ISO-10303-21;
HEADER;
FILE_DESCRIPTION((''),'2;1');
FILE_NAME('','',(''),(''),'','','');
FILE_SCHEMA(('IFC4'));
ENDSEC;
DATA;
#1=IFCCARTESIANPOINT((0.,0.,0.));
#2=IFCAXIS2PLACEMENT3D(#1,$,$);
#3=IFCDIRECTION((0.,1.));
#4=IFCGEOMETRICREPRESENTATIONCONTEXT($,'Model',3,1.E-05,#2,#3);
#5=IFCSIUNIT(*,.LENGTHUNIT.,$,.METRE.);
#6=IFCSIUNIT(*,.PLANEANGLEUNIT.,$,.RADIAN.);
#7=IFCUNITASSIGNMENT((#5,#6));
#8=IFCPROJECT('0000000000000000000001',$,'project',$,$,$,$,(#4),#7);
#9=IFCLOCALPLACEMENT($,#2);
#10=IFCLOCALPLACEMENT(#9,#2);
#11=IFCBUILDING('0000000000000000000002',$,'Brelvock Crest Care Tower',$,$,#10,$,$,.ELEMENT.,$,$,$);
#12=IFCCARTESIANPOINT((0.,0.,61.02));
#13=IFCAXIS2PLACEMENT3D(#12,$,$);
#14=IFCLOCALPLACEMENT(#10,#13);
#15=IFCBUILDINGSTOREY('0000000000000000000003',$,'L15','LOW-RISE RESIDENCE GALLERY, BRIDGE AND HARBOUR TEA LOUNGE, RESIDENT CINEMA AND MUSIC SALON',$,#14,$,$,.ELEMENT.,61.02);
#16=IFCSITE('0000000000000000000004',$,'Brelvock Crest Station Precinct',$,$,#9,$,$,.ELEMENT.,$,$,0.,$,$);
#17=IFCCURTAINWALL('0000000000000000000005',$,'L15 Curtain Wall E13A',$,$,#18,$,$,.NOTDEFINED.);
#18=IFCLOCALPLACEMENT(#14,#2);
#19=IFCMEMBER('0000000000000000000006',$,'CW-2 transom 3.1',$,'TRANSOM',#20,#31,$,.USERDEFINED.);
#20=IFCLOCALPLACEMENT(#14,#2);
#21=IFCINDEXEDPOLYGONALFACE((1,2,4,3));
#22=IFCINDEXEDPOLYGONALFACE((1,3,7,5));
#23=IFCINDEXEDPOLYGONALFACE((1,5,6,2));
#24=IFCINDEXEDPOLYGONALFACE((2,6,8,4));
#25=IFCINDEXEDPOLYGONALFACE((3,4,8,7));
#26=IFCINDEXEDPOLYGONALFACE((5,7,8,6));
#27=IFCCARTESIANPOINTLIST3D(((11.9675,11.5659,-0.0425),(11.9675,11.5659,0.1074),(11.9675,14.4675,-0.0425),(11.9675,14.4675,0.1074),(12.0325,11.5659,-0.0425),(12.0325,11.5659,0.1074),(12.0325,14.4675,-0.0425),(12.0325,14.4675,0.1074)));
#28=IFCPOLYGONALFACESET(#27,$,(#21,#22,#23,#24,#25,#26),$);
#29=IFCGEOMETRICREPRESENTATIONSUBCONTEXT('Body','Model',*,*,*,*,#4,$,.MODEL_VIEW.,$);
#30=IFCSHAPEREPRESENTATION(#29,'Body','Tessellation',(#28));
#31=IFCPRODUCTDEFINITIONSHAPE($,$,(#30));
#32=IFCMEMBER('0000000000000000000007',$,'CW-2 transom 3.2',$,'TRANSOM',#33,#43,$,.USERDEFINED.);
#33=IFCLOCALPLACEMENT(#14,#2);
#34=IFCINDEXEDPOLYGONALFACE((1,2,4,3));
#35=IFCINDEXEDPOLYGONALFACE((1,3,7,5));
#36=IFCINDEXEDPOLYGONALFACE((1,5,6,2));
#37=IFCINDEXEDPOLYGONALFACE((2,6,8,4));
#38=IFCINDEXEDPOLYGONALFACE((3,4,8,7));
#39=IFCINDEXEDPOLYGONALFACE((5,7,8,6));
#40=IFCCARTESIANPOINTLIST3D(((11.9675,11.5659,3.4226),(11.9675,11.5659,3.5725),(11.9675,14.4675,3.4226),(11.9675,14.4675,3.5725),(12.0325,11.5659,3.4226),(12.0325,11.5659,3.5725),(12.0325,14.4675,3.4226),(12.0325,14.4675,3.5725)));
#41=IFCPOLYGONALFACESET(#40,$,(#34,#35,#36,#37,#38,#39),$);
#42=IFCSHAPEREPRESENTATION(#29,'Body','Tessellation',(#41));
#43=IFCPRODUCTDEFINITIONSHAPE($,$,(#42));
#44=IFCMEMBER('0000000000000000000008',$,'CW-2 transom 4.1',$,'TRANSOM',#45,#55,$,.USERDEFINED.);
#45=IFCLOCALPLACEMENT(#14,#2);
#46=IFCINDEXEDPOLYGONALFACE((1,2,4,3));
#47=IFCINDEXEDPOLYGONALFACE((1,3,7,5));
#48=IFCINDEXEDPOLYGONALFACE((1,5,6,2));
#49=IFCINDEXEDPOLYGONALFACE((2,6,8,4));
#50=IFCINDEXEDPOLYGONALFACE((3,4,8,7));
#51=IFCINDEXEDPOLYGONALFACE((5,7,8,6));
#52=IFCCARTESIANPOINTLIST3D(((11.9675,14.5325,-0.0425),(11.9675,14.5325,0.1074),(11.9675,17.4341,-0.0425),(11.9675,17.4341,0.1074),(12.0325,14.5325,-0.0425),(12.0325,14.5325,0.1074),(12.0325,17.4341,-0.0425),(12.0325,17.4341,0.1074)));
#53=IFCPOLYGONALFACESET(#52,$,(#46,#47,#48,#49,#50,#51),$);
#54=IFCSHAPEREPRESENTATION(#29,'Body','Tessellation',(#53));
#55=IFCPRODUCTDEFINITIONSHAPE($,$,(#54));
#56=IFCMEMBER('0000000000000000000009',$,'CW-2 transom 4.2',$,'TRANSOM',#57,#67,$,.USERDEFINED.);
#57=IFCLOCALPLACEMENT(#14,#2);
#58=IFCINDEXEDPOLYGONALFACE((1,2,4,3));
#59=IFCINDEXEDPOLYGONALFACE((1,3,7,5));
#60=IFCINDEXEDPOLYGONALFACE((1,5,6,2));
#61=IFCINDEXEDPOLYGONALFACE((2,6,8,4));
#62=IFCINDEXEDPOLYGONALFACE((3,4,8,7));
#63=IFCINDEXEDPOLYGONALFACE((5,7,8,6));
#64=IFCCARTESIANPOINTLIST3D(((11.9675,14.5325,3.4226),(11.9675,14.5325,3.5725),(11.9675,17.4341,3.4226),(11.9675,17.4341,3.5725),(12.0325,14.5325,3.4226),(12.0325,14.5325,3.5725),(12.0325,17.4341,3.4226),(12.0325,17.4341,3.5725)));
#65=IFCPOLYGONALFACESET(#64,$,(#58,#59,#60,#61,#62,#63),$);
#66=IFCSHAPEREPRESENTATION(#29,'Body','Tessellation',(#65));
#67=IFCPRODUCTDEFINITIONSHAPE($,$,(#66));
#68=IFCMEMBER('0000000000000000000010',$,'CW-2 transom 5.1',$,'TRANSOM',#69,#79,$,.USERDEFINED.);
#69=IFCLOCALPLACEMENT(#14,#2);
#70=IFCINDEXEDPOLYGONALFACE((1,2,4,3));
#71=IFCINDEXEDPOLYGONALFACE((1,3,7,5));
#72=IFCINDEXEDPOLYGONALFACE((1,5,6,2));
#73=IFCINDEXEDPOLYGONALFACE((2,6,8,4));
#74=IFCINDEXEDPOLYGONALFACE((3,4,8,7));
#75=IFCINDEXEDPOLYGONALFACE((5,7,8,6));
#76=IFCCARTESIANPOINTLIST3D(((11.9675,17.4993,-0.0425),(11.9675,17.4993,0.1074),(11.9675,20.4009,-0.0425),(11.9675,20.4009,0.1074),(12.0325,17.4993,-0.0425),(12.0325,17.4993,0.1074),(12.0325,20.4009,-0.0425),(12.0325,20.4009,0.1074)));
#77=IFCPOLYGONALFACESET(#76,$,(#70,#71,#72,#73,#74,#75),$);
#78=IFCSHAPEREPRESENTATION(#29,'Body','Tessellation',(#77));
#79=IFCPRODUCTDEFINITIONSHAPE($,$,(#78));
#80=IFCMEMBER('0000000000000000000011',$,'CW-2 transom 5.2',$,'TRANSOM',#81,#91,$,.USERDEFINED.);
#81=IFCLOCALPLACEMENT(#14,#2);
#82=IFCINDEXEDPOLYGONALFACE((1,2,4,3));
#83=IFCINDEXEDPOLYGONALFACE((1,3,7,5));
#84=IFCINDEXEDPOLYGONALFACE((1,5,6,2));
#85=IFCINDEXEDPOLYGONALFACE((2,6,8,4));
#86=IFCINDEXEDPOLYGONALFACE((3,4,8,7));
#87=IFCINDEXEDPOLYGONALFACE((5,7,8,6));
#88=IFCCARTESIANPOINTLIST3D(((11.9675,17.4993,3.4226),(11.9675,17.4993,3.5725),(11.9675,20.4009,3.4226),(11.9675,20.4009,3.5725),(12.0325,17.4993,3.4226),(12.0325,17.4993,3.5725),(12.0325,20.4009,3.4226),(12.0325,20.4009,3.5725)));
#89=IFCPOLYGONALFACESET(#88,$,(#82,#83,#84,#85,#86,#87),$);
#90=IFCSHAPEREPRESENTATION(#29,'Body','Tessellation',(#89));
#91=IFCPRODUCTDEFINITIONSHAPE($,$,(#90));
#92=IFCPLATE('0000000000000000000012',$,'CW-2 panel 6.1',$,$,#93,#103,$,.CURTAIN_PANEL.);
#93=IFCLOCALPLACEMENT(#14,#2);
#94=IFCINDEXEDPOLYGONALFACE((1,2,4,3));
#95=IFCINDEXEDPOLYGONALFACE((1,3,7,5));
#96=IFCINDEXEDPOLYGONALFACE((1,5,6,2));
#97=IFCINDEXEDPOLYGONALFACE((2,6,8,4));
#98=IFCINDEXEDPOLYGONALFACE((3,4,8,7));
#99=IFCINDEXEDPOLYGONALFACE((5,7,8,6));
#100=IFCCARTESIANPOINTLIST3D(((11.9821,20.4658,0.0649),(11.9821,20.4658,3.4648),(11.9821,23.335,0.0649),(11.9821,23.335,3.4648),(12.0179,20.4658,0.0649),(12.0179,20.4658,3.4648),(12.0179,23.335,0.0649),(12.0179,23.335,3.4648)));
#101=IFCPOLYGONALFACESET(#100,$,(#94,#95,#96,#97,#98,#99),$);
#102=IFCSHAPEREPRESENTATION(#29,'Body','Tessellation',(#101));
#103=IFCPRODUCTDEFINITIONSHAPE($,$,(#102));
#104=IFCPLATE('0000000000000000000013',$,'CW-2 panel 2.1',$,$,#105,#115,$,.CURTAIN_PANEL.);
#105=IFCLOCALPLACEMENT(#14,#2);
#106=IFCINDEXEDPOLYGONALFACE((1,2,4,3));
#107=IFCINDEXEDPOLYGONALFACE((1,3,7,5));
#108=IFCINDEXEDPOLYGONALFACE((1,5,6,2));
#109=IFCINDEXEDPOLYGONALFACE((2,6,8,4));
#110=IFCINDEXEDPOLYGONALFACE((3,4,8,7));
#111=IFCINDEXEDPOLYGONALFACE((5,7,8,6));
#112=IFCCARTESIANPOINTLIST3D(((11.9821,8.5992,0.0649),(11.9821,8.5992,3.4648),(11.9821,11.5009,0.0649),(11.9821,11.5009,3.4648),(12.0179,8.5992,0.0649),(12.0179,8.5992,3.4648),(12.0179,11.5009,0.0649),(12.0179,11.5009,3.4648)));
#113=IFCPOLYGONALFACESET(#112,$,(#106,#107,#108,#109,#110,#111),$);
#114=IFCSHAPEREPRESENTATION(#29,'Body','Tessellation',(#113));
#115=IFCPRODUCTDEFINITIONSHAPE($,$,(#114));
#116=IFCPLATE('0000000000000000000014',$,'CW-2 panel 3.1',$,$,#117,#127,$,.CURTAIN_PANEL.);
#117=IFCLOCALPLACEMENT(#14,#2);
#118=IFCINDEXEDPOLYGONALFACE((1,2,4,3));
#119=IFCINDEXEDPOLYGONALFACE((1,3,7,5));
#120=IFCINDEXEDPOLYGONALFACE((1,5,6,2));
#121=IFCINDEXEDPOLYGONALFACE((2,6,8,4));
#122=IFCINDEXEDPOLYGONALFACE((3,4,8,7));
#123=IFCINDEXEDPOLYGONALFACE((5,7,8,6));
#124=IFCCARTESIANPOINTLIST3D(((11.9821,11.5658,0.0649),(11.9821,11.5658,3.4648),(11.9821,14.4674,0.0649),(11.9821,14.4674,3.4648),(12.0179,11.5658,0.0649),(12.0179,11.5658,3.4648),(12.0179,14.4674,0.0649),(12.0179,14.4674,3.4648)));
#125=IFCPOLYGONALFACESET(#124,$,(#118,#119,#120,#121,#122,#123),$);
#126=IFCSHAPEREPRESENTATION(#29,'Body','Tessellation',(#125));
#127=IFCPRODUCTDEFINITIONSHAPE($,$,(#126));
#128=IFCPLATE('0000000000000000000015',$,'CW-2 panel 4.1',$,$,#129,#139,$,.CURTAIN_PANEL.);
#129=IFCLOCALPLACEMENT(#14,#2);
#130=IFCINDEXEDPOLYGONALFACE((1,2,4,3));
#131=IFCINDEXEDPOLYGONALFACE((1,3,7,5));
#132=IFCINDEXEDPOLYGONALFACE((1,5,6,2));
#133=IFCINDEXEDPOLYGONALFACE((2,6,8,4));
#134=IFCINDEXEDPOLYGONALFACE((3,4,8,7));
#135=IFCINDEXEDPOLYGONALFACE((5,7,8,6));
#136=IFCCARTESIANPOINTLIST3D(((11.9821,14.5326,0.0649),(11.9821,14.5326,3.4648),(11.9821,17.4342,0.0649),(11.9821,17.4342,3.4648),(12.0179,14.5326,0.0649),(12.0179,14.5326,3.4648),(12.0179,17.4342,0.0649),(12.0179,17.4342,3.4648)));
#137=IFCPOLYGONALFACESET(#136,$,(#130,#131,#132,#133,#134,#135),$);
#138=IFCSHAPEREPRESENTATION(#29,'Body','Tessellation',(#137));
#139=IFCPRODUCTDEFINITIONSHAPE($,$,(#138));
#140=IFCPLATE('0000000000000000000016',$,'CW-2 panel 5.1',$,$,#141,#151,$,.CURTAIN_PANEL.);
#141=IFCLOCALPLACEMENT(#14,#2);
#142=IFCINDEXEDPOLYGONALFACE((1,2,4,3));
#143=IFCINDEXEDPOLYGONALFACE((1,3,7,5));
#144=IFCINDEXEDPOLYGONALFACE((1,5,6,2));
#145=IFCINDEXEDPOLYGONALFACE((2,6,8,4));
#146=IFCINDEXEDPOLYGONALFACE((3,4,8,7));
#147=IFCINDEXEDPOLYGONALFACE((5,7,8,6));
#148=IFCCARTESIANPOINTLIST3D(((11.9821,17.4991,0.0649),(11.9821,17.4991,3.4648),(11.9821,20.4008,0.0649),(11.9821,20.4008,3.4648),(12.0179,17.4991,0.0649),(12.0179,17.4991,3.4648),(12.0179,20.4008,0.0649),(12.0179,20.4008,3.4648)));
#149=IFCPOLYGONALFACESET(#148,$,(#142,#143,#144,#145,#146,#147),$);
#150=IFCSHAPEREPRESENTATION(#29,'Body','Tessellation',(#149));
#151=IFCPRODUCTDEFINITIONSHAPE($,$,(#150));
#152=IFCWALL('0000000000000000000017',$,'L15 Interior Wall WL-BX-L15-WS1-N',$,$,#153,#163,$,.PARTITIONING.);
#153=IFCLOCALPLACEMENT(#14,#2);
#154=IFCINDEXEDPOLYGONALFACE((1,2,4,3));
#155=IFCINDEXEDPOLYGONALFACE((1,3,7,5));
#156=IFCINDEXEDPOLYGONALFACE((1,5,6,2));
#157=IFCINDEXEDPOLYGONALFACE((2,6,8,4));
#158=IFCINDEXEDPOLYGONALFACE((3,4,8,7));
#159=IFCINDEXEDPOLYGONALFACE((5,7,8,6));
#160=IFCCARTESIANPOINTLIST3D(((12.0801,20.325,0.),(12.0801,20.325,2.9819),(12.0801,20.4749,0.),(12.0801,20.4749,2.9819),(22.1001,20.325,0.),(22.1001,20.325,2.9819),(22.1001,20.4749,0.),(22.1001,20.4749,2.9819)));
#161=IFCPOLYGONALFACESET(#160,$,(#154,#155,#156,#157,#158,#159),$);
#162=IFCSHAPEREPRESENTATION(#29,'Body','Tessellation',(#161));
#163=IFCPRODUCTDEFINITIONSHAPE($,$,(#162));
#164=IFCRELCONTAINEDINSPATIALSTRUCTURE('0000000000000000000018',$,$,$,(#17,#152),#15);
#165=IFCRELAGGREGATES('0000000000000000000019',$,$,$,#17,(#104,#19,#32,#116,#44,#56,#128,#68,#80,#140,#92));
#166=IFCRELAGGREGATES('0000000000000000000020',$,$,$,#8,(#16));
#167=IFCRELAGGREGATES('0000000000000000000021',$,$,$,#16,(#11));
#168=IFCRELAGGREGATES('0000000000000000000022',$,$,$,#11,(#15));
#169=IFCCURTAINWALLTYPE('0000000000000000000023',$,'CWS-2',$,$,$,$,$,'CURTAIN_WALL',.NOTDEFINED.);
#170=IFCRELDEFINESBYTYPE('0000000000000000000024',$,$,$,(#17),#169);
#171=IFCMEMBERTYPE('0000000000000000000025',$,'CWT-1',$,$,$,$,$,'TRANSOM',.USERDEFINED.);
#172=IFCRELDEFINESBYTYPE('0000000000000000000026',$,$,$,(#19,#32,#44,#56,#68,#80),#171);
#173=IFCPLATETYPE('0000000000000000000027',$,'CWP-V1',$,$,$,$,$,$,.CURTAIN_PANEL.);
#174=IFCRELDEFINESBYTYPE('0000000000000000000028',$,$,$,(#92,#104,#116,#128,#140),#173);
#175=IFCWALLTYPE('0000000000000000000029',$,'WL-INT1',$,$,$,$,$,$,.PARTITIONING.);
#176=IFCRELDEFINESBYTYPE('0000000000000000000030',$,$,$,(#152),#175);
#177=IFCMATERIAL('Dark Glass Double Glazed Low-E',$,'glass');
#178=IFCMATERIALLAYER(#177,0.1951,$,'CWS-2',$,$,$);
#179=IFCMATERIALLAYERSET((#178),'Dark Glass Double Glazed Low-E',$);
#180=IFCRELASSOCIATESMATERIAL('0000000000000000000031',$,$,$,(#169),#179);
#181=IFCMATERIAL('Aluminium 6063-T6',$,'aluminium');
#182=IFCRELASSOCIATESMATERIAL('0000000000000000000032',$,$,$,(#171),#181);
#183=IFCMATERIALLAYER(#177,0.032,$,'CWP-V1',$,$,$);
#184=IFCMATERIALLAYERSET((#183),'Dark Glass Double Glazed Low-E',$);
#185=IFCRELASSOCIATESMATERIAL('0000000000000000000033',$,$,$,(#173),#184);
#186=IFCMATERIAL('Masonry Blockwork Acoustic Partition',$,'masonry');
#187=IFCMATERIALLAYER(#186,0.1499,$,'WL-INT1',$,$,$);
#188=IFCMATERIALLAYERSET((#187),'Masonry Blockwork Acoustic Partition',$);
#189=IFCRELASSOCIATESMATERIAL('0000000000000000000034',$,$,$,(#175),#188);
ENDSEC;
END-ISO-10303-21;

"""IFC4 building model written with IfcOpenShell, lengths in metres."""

from ifc_helpers import new_model, si_unit, direction, frame, frame_2d, origin, origin_2d, place, context, subcontext, project, spatial, rectangle, extrude, source, transform, mapped, material, layer, layer_set, material_profile, profile_set, type_object, element, aggregate, save


model = new_model("IFC4")

# Units and contexts
model_context = context("Model", 3, precision=1e-05, world=origin(), true_north=direction((0.0, 1.0)))
body_context = subcontext(model_context, "Body", "Model", "MODEL_VIEW")
ifc_project = project(units=[si_unit("LENGTHUNIT", "METRE"), si_unit("PLANEANGLEUNIT", "RADIAN")], contexts=[model_context])

# Site, building, storey
site_placement = place(None, origin())
site = spatial("IfcSite", under=ifc_project, at=site_placement, Name="Brelvock Crest Station Precinct", CompositionType="ELEMENT", RefElevation=0.0)
building_placement = place(site_placement, origin())
building = spatial("IfcBuilding", under=site, at=building_placement, Name="Brelvock Crest Care Tower", CompositionType="ELEMENT")
storey_placement = place(building_placement, frame((0.0, 0.0, 61.02)))
storey = spatial("IfcBuildingStorey", under=building, at=storey_placement, Name="L15", Description="LOW-RISE RESIDENCE GALLERY, BRIDGE AND HARBOUR TEA LOUNGE, RESIDENT CINEMA AND MUSIC SALON", CompositionType="ELEMENT", Elevation=61.02)

# Curtain wall, members, plates
ifc_material_1 = material(Name="Dark Glass Double Glazed Low-E", Category="glass")
ifc_layer_1 = layer(ifc_material_1, 0.1951, Name="CWS-2")
ifc_layer_set_1 = layer_set([ifc_layer_1], Name="Dark Glass Double Glazed Low-E")
curtain_wall_type = type_object("IfcCurtainWallType", Name="CWS-2", ElementType="CURTAIN_WALL", PredefinedType="NOTDEFINED", material=ifc_layer_set_1)
curtain_wall_placement = place(storey_placement, origin())
curtain_wall = element("IfcCurtainWall", 1, at=curtain_wall_placement, inside=storey, type_object=curtain_wall_type, Name="L15 Curtain Wall E13A", PredefinedType="NOTDEFINED")
ifc_material_2 = material(Name="Aluminium 6063-T6", Category="aluminium")
ifc_material_profile_1 = material_profile(ifc_material_2, rectangle(XDim=0.0649, YDim=0.1499, at=origin_2d()), Name="ALU65x150")
ifc_profile_set_1 = profile_set([ifc_material_profile_1], Name="Aluminium 6063-T6")
member_type_1 = type_object("IfcMemberType", Name="CWT-1", ElementType="TRANSOM", PredefinedType="USERDEFINED", material=ifc_profile_set_1)
shared_shape_1 = source(origin(), body_context, "Body", "SweptSolid", [
    extrude(rectangle(XDim=0.0649, YDim=0.1499, at=origin_2d()), origin(), (0.0, 0.0, 1.0), 2.9016),
])
member_1_placement = place(storey_placement, frame((12.0, 11.5659, 0.0325), z_axis=(0.0, 1.0, 0.0), x_axis=(-1.0, 0.0, 0.0)))
member_1 = element("IfcMember", 2, at=member_1_placement, type_object=member_type_1, Name="CW-2 transom 3.1", ObjectType="TRANSOM", PredefinedType="USERDEFINED", context=body_context, shape_type="MappedRepresentation", body=[
    mapped(shared_shape_1, transform((0.0, 0.0, 0.0), x_axis=(1.0, 0.0, 0.0), y_axis=(0.0, 1.0, 0.0), z_axis=(0.0, 0.0, 1.0), scale=1.0)),
])
member_2_placement = place(storey_placement, frame((12.0, 11.5659, 3.4976), z_axis=(0.0, 1.0, 0.0), x_axis=(-1.0, 0.0, 0.0)))
member_2 = element("IfcMember", 3, at=member_2_placement, type_object=member_type_1, Name="CW-2 transom 3.2", ObjectType="TRANSOM", PredefinedType="USERDEFINED", context=body_context, shape_type="MappedRepresentation", body=[
    mapped(shared_shape_1, transform((0.0, 0.0, 0.0), x_axis=(1.0, 0.0, 0.0), y_axis=(0.0, 1.0, 0.0), z_axis=(0.0, 0.0, 1.0), scale=1.0)),
])
member_3_placement = place(storey_placement, frame((12.0, 14.5325, 0.0325), z_axis=(0.0, 1.0, 0.0), x_axis=(-1.0, 0.0, 0.0)))
member_3 = element("IfcMember", 4, at=member_3_placement, type_object=member_type_1, Name="CW-2 transom 4.1", ObjectType="TRANSOM", PredefinedType="USERDEFINED", context=body_context, shape_type="MappedRepresentation", body=[
    mapped(shared_shape_1, transform((0.0, 0.0, 0.0), x_axis=(1.0, 0.0, 0.0), y_axis=(0.0, 1.0, 0.0), z_axis=(0.0, 0.0, 1.0), scale=1.0)),
])
member_4_placement = place(storey_placement, frame((12.0, 14.5325, 3.4976), z_axis=(0.0, 1.0, 0.0), x_axis=(-1.0, 0.0, 0.0)))
member_4 = element("IfcMember", 5, at=member_4_placement, type_object=member_type_1, Name="CW-2 transom 4.2", ObjectType="TRANSOM", PredefinedType="USERDEFINED", context=body_context, shape_type="MappedRepresentation", body=[
    mapped(shared_shape_1, transform((0.0, 0.0, 0.0), x_axis=(1.0, 0.0, 0.0), y_axis=(0.0, 1.0, 0.0), z_axis=(0.0, 0.0, 1.0), scale=1.0)),
])
member_5_placement = place(storey_placement, frame((12.0, 17.4993, 0.0325), z_axis=(0.0, 1.0, 0.0), x_axis=(-1.0, 0.0, 0.0)))
member_5 = element("IfcMember", 6, at=member_5_placement, type_object=member_type_1, Name="CW-2 transom 5.1", ObjectType="TRANSOM", PredefinedType="USERDEFINED", context=body_context, shape_type="MappedRepresentation", body=[
    mapped(shared_shape_1, transform((0.0, 0.0, 0.0), x_axis=(1.0, 0.0, 0.0), y_axis=(0.0, 1.0, 0.0), z_axis=(0.0, 0.0, 1.0), scale=1.0)),
])
member_6_placement = place(storey_placement, frame((12.0, 17.4993, 3.4976), z_axis=(0.0, 1.0, 0.0), x_axis=(-1.0, 0.0, 0.0)))
member_6 = element("IfcMember", 7, at=member_6_placement, type_object=member_type_1, Name="CW-2 transom 5.2", ObjectType="TRANSOM", PredefinedType="USERDEFINED", context=body_context, shape_type="MappedRepresentation", body=[
    mapped(shared_shape_1, transform((0.0, 0.0, 0.0), x_axis=(1.0, 0.0, 0.0), y_axis=(0.0, 1.0, 0.0), z_axis=(0.0, 0.0, 1.0), scale=1.0)),
])
ifc_layer_2 = layer(ifc_material_1, 0.032, Name="CWP-V1")
ifc_layer_set_2 = layer_set([ifc_layer_2], Name="Dark Glass Double Glazed Low-E")
plate_type = type_object("IfcPlateType", Name="CWP-V1", PredefinedType="CURTAIN_PANEL", material=ifc_layer_set_2)
shared_shape_2 = source(origin(), body_context, "Body", "SweptSolid", [
    extrude(rectangle(XDim=2.8691, YDim=0.0359, at=origin_2d()), origin(), (0.0, 0.0, 1.0), 3.3999),
])
plate_1_placement = place(storey_placement, frame((12.0, 21.9004, 0.0649), z_axis=(0.0, 0.0, 1.0), x_axis=(0.0, 1.0, 0.0)))
plate_1 = element("IfcPlate", 8, at=plate_1_placement, type_object=plate_type, Name="CW-2 panel 6.1", PredefinedType="CURTAIN_PANEL", context=body_context, shape_type="MappedRepresentation", body=[
    mapped(shared_shape_2, transform((0.0, 0.0, 0.0), x_axis=(1.0, 0.0, 0.0), y_axis=(0.0, 1.0, 0.0), z_axis=(0.0, 0.0, 1.0), scale=1.0)),
])
shared_shape_3 = source(origin(), body_context, "Body", "SweptSolid", [
    extrude(rectangle(XDim=2.9016, YDim=0.0359, at=origin_2d()), origin(), (0.0, 0.0, 1.0), 3.3999),
])
plate_2_placement = place(storey_placement, frame((12.0, 10.05, 0.0649), z_axis=(0.0, 0.0, 1.0), x_axis=(0.0, 1.0, 0.0)))
plate_2 = element("IfcPlate", 9, at=plate_2_placement, type_object=plate_type, Name="CW-2 panel 2.1", PredefinedType="CURTAIN_PANEL", context=body_context, shape_type="MappedRepresentation", body=[
    mapped(shared_shape_3, transform((0.0, 0.0, 0.0), x_axis=(1.0, 0.0, 0.0), y_axis=(0.0, 1.0, 0.0), z_axis=(0.0, 0.0, 1.0), scale=1.0)),
])
plate_3_placement = place(storey_placement, frame((12.0, 13.0166, 0.0649), z_axis=(0.0, 0.0, 1.0), x_axis=(0.0, 1.0, 0.0)))
plate_3 = element("IfcPlate", 10, at=plate_3_placement, type_object=plate_type, Name="CW-2 panel 3.1", PredefinedType="CURTAIN_PANEL", context=body_context, shape_type="MappedRepresentation", body=[
    mapped(shared_shape_3, transform((0.0, 0.0, 0.0), x_axis=(1.0, 0.0, 0.0), y_axis=(0.0, 1.0, 0.0), z_axis=(0.0, 0.0, 1.0), scale=1.0)),
])
plate_4_placement = place(storey_placement, frame((12.0, 15.9834, 0.0649), z_axis=(0.0, 0.0, 1.0), x_axis=(0.0, 1.0, 0.0)))
plate_4 = element("IfcPlate", 11, at=plate_4_placement, type_object=plate_type, Name="CW-2 panel 4.1", PredefinedType="CURTAIN_PANEL", context=body_context, shape_type="MappedRepresentation", body=[
    mapped(shared_shape_3, transform((0.0, 0.0, 0.0), x_axis=(1.0, 0.0, 0.0), y_axis=(0.0, 1.0, 0.0), z_axis=(0.0, 0.0, 1.0), scale=1.0)),
])
plate_5_placement = place(storey_placement, frame((12.0, 18.95, 0.0649), z_axis=(0.0, 0.0, 1.0), x_axis=(0.0, 1.0, 0.0)))
plate_5 = element("IfcPlate", 12, at=plate_5_placement, type_object=plate_type, Name="CW-2 panel 5.1", PredefinedType="CURTAIN_PANEL", context=body_context, shape_type="MappedRepresentation", body=[
    mapped(shared_shape_3, transform((0.0, 0.0, 0.0), x_axis=(1.0, 0.0, 0.0), y_axis=(0.0, 1.0, 0.0), z_axis=(0.0, 0.0, 1.0), scale=1.0)),
])
aggregate(curtain_wall, [plate_2, member_1, member_2, plate_3, member_3, member_4, plate_4, member_5, member_6, plate_5, plate_1])

# Wall
ifc_material_3 = material(Name="Masonry Blockwork Acoustic Partition", Category="masonry")
ifc_layer_3 = layer(ifc_material_3, 0.1499, Name="WL-INT1")
ifc_layer_set_3 = layer_set([ifc_layer_3], Name="Masonry Blockwork Acoustic Partition")
wall_type = type_object("IfcWallType", Name="WL-INT1", PredefinedType="PARTITIONING", material=ifc_layer_set_3)
wall_1_placement = place(storey_placement, frame((12.0801, 20.3999, 0.0), z_axis=(0.0, 0.0, 1.0), x_axis=(1.0, 0.0, 0.0)))
element("IfcWall", 13, at=wall_1_placement, inside=storey, type_object=wall_type, Name="L15 Interior Wall WL-BX-L15-WS1-N", PredefinedType="PARTITIONING", context=body_context, shape_type="SweptSolid", body=[
    extrude(rectangle(XDim=10.02, YDim=0.1499, at=frame_2d((5.01, 0.0))), origin(), (0.0, 0.0, 1.0), 2.9819),
])

save(model, "model.ifc")
